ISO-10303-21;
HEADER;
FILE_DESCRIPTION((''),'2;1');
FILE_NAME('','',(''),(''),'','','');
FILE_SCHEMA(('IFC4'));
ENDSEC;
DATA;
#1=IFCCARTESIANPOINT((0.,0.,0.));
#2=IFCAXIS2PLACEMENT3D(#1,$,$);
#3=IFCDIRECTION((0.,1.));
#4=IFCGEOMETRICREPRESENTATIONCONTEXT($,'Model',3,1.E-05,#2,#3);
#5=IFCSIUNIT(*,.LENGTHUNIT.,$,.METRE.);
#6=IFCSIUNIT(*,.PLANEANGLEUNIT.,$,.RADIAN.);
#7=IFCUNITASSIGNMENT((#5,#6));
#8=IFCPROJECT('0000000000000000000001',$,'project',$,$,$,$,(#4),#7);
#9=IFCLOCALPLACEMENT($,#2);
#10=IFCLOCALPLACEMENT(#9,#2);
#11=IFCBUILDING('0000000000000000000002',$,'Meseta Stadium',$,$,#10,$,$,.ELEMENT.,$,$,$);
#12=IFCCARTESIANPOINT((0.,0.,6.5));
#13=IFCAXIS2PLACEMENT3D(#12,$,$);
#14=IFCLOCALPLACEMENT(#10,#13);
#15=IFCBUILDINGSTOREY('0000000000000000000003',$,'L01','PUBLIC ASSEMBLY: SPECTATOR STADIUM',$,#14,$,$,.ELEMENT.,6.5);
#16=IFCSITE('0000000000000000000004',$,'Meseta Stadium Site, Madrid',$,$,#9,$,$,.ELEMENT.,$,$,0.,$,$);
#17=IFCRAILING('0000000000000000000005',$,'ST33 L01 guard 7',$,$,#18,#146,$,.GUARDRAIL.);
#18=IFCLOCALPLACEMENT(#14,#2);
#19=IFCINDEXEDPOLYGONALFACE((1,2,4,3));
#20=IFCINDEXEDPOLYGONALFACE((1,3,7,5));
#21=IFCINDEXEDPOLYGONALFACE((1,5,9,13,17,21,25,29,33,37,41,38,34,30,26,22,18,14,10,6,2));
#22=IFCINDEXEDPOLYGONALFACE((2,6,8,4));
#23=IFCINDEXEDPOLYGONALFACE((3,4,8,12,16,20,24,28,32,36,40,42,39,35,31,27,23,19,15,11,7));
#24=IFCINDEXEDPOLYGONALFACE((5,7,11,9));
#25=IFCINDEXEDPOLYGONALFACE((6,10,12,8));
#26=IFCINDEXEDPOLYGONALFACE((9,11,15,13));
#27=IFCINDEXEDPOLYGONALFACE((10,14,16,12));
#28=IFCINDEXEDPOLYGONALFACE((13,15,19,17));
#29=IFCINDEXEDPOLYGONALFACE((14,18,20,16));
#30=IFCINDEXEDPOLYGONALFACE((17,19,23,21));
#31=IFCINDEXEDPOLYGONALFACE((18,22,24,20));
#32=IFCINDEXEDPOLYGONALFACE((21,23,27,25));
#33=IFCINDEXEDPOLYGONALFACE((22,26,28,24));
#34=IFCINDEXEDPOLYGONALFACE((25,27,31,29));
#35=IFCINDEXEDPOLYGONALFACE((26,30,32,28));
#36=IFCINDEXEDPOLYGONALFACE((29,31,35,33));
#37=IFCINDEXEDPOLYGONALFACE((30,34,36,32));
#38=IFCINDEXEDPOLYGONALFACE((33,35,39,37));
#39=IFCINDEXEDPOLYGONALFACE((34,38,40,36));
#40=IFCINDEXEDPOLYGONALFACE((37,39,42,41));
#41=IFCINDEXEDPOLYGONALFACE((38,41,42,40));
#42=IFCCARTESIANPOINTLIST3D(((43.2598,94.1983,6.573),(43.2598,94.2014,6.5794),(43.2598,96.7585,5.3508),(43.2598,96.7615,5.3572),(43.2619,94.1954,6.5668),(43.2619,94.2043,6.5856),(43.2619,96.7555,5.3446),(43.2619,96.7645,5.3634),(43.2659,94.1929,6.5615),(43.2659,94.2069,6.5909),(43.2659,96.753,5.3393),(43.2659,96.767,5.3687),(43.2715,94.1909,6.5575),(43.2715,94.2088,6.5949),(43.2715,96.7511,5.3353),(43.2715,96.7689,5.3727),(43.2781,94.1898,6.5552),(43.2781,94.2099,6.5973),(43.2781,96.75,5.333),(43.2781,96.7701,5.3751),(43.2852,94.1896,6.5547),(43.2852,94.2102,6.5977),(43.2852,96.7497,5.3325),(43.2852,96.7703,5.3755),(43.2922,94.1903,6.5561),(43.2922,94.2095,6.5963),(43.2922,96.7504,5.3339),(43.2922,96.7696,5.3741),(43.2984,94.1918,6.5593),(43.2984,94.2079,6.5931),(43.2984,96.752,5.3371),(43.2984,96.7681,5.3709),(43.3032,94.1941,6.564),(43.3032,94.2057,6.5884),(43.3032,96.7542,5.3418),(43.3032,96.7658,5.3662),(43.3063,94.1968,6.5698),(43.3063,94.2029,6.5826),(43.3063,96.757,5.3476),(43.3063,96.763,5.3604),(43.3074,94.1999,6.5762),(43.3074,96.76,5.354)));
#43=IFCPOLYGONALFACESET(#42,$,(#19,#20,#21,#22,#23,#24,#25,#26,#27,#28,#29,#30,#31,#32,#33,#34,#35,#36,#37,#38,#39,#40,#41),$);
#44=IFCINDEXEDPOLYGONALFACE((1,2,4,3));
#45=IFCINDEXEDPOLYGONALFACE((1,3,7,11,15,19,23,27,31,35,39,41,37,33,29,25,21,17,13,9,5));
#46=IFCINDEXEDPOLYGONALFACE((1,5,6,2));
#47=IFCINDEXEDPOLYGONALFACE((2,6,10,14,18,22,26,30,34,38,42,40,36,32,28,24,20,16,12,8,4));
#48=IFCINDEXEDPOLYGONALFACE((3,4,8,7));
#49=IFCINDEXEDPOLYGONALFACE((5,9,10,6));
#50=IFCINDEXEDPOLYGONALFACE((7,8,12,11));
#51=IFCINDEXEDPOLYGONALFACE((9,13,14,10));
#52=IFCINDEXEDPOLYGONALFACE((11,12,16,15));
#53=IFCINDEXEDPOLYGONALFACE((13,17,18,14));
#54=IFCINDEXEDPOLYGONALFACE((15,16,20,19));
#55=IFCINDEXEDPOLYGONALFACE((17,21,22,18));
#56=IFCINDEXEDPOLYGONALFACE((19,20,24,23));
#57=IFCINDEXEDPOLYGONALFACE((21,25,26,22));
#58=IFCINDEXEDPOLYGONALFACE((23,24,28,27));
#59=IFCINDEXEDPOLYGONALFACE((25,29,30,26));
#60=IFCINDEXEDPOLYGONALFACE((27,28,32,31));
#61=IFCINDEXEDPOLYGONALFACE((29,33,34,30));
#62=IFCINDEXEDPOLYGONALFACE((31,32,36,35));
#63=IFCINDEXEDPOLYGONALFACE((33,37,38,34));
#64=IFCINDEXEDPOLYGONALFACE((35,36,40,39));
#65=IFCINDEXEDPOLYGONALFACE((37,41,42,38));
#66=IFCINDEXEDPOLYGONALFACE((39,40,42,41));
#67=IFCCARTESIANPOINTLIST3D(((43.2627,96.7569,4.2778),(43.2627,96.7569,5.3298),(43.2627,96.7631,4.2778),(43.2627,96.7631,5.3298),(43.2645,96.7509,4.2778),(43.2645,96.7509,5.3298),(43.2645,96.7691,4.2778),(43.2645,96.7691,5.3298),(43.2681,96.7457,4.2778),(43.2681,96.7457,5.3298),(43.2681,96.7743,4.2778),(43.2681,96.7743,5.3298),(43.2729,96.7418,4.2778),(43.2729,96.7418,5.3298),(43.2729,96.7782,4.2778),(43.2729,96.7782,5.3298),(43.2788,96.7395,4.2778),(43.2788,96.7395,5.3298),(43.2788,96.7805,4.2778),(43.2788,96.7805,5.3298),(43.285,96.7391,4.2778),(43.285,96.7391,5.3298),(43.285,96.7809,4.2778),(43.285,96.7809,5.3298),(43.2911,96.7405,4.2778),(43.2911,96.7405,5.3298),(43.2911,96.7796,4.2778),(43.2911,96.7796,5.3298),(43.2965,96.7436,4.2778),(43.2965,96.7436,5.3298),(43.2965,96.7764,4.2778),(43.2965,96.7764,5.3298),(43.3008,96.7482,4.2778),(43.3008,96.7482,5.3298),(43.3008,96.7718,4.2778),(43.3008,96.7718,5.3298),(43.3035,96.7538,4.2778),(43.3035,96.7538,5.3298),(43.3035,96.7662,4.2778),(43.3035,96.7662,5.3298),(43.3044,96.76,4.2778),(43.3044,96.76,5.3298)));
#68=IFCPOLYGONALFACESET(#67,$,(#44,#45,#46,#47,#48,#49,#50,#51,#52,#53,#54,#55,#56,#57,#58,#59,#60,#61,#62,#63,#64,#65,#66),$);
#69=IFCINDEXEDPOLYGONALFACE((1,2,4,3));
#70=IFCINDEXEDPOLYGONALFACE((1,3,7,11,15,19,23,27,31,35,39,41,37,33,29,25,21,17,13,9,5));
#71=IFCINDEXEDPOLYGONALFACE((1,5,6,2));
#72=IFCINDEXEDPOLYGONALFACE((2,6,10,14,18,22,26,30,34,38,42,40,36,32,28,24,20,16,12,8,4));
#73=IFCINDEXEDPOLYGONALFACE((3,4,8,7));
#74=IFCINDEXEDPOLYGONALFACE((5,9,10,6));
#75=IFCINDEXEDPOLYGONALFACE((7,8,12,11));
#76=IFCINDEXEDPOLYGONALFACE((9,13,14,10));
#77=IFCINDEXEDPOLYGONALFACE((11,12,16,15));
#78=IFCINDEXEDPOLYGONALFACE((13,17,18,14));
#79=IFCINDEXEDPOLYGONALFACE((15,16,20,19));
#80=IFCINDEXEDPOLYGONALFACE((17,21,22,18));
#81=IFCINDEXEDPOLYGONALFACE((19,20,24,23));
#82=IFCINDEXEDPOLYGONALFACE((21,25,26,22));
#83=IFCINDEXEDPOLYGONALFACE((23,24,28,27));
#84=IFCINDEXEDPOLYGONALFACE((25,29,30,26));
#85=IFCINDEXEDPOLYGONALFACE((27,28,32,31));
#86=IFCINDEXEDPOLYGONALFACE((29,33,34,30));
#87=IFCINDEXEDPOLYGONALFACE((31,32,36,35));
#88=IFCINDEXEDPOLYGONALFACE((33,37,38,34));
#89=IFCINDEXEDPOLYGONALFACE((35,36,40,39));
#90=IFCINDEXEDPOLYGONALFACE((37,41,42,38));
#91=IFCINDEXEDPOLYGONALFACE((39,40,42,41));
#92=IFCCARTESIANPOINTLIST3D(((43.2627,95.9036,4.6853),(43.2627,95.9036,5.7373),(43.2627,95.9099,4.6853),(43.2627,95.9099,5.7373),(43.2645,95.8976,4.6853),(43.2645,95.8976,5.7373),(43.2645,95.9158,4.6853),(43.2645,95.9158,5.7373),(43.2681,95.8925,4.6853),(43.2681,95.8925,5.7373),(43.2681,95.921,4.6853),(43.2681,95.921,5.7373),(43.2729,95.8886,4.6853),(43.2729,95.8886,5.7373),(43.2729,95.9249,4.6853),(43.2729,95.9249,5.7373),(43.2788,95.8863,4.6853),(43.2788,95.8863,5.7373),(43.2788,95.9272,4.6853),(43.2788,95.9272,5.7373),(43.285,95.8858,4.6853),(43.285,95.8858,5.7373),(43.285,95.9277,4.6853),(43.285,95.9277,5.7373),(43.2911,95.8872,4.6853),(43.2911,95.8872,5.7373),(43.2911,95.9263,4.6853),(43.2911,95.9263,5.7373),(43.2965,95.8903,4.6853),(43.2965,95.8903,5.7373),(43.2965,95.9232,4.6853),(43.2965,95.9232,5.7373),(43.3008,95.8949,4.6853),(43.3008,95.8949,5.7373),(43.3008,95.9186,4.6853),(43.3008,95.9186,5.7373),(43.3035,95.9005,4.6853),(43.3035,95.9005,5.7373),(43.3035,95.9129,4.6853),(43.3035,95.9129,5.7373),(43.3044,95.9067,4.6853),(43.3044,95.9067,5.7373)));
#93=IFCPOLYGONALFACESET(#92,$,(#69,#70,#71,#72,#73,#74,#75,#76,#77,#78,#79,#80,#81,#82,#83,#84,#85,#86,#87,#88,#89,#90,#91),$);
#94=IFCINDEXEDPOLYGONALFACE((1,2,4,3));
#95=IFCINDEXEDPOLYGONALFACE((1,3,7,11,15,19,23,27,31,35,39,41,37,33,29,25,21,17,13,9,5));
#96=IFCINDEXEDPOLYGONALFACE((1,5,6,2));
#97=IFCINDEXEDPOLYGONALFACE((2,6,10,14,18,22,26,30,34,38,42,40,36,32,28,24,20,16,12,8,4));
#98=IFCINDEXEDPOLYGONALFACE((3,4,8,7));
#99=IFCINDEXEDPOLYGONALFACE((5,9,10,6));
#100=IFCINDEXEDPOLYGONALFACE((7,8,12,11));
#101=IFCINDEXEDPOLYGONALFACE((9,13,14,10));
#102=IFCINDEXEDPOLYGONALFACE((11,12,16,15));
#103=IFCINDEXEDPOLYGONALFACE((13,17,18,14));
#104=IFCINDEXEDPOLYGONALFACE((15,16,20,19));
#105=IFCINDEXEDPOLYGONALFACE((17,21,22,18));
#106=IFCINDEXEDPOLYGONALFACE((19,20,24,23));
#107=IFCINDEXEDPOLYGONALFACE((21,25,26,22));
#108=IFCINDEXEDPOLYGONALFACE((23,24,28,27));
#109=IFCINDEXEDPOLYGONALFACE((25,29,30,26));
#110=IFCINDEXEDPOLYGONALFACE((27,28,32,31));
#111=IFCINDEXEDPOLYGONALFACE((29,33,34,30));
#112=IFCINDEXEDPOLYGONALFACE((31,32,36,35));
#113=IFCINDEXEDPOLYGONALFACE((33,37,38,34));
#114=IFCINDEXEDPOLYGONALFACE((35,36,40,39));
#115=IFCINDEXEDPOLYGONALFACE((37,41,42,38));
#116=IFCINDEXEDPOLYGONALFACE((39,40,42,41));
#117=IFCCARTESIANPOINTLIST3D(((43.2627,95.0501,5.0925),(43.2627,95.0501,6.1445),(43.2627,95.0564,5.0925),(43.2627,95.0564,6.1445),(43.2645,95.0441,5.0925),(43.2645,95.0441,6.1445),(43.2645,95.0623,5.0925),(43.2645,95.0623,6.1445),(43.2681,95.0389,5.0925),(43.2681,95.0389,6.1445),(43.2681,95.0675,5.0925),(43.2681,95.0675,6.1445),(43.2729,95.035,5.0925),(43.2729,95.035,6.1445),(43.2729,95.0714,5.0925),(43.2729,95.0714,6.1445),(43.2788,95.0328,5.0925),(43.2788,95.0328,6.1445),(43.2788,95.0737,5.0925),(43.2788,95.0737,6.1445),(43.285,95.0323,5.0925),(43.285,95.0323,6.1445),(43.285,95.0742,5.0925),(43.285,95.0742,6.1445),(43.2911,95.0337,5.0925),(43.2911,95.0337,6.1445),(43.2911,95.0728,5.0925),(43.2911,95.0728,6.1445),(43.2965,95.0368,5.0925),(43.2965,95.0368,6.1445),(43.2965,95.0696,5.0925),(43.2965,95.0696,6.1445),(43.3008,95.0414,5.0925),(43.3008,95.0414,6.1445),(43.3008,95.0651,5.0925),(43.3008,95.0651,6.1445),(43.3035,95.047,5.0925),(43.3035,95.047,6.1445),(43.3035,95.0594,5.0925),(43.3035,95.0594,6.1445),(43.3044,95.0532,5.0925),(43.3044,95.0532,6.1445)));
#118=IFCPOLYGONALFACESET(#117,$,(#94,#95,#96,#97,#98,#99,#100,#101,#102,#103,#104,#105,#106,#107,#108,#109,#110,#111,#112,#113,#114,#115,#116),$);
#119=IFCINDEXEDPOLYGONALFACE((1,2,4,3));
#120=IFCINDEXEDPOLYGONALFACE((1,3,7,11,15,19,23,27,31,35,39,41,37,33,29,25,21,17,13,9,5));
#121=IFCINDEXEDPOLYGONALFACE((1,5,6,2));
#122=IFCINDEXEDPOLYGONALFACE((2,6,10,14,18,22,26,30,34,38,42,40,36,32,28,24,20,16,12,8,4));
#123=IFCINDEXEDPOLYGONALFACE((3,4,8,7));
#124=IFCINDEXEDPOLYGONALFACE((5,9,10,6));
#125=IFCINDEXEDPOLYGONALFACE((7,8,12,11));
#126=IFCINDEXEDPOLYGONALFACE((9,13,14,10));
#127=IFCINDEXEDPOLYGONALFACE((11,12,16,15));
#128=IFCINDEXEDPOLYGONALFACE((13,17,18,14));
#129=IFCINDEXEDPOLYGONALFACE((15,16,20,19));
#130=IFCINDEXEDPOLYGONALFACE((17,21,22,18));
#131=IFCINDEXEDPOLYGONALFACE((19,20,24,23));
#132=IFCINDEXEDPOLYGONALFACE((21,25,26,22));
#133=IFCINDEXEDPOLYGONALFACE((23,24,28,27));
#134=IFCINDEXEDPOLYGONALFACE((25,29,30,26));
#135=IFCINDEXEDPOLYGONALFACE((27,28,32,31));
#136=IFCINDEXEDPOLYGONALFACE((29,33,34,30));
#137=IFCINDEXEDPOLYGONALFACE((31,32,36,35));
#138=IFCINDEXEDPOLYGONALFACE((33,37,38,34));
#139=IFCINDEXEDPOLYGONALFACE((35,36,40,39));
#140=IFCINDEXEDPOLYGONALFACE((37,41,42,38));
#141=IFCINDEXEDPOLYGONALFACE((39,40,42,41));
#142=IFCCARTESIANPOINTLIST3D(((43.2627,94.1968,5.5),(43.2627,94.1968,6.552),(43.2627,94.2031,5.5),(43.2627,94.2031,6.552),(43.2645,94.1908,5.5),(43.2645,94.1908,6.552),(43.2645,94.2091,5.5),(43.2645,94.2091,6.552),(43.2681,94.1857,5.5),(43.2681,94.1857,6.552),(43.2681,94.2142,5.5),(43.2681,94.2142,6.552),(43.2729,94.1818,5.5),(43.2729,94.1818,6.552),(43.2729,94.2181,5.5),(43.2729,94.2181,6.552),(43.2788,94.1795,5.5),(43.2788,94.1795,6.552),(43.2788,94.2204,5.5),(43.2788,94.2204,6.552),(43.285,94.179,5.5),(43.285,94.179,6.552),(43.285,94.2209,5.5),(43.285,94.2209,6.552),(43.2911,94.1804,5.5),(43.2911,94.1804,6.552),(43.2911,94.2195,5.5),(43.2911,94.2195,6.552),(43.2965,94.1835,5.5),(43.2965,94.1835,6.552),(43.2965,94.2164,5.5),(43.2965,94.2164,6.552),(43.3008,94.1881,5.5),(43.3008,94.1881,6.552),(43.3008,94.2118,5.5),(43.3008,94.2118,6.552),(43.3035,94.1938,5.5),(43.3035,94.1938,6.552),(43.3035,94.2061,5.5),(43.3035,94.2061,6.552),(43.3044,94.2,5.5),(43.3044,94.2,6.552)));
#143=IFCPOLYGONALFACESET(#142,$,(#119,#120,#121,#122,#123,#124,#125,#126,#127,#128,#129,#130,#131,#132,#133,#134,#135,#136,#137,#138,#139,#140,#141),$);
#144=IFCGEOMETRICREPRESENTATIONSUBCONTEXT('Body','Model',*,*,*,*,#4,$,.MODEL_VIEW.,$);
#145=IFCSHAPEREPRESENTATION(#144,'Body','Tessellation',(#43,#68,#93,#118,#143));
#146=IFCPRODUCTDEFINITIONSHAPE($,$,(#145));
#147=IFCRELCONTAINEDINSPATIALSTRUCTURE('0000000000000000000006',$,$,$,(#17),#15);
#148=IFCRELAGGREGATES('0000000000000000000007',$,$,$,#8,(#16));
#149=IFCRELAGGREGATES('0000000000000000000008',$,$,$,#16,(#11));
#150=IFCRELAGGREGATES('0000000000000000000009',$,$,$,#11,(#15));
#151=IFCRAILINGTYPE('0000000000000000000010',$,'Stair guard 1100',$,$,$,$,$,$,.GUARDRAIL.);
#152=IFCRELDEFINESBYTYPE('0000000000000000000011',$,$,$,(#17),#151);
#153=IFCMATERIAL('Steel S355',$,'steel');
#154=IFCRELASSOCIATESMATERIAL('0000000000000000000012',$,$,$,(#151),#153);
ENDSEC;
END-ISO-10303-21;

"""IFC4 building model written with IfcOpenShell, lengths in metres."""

from ifc_helpers import new_model, si_unit, direction, frame, origin, origin_2d, place, context, subcontext, project, spatial, circle, extrude, material, type_object, element, save


model = new_model("IFC4")

# Units and contexts
model_context = context("Model", 3, precision=1e-05, world=origin(), true_north=direction((0.0, 1.0)))
body_context = subcontext(model_context, "Body", "Model", "MODEL_VIEW")
ifc_project = project(units=[si_unit("LENGTHUNIT", "METRE"), si_unit("PLANEANGLEUNIT", "RADIAN")], contexts=[model_context])

# Site, building, storey
site_placement = place(None, origin())
site = spatial("IfcSite", under=ifc_project, at=site_placement, Name="Meseta Stadium Site, Madrid", CompositionType="ELEMENT", RefElevation=0.0)
building_placement = place(site_placement, origin())
building = spatial("IfcBuilding", under=site, at=building_placement, Name="Meseta Stadium", CompositionType="ELEMENT")
storey_placement = place(building_placement, frame((0.0, 0.0, 6.5)))
storey = spatial("IfcBuildingStorey", under=building, at=storey_placement, Name="L01", Description="PUBLIC ASSEMBLY: SPECTATOR STADIUM", CompositionType="ELEMENT", Elevation=6.5)

# Railing
ifc_material_1 = material(Name="Steel S355", Category="steel")
railing_type_1 = type_object("IfcRailingType", Name="Stair guard 1100", PredefinedType="GUARDRAIL", material=ifc_material_1)
railing_1_placement = place(storey_placement, frame((43.2834, 96.76, 4.2778)))
element("IfcRailing", 1, at=railing_1_placement, inside=storey, type_object=railing_type_1, Name="ST33 L01 guard 7", PredefinedType="GUARDRAIL", context=body_context, shape_type="SweptSolid", body=[
    extrude(circle(Radius=0.0239, at=origin_2d()), frame((0.0, 0.0, 1.0762), z_axis=(0.0, -0.902437, 0.430822), x_axis=(1.0, 0.0, 0.0)), (0.0, 0.0, 1.0), 2.8369),
    extrude(circle(Radius=0.021, at=origin_2d()), origin(), (0.0, 0.0, 1.0), 1.052),
    extrude(circle(Radius=0.021, at=origin_2d()), frame((0.0, -0.8533, 0.4075)), (0.0, 0.0, 1.0), 1.052),
    extrude(circle(Radius=0.021, at=origin_2d()), frame((0.0, -1.7068, 0.8147)), (0.0, 0.0, 1.0), 1.052),
    extrude(circle(Radius=0.021, at=origin_2d()), frame((0.0, -2.5601, 1.2222)), (0.0, 0.0, 1.0), 1.052),
])

save(model, "model.ifc")
